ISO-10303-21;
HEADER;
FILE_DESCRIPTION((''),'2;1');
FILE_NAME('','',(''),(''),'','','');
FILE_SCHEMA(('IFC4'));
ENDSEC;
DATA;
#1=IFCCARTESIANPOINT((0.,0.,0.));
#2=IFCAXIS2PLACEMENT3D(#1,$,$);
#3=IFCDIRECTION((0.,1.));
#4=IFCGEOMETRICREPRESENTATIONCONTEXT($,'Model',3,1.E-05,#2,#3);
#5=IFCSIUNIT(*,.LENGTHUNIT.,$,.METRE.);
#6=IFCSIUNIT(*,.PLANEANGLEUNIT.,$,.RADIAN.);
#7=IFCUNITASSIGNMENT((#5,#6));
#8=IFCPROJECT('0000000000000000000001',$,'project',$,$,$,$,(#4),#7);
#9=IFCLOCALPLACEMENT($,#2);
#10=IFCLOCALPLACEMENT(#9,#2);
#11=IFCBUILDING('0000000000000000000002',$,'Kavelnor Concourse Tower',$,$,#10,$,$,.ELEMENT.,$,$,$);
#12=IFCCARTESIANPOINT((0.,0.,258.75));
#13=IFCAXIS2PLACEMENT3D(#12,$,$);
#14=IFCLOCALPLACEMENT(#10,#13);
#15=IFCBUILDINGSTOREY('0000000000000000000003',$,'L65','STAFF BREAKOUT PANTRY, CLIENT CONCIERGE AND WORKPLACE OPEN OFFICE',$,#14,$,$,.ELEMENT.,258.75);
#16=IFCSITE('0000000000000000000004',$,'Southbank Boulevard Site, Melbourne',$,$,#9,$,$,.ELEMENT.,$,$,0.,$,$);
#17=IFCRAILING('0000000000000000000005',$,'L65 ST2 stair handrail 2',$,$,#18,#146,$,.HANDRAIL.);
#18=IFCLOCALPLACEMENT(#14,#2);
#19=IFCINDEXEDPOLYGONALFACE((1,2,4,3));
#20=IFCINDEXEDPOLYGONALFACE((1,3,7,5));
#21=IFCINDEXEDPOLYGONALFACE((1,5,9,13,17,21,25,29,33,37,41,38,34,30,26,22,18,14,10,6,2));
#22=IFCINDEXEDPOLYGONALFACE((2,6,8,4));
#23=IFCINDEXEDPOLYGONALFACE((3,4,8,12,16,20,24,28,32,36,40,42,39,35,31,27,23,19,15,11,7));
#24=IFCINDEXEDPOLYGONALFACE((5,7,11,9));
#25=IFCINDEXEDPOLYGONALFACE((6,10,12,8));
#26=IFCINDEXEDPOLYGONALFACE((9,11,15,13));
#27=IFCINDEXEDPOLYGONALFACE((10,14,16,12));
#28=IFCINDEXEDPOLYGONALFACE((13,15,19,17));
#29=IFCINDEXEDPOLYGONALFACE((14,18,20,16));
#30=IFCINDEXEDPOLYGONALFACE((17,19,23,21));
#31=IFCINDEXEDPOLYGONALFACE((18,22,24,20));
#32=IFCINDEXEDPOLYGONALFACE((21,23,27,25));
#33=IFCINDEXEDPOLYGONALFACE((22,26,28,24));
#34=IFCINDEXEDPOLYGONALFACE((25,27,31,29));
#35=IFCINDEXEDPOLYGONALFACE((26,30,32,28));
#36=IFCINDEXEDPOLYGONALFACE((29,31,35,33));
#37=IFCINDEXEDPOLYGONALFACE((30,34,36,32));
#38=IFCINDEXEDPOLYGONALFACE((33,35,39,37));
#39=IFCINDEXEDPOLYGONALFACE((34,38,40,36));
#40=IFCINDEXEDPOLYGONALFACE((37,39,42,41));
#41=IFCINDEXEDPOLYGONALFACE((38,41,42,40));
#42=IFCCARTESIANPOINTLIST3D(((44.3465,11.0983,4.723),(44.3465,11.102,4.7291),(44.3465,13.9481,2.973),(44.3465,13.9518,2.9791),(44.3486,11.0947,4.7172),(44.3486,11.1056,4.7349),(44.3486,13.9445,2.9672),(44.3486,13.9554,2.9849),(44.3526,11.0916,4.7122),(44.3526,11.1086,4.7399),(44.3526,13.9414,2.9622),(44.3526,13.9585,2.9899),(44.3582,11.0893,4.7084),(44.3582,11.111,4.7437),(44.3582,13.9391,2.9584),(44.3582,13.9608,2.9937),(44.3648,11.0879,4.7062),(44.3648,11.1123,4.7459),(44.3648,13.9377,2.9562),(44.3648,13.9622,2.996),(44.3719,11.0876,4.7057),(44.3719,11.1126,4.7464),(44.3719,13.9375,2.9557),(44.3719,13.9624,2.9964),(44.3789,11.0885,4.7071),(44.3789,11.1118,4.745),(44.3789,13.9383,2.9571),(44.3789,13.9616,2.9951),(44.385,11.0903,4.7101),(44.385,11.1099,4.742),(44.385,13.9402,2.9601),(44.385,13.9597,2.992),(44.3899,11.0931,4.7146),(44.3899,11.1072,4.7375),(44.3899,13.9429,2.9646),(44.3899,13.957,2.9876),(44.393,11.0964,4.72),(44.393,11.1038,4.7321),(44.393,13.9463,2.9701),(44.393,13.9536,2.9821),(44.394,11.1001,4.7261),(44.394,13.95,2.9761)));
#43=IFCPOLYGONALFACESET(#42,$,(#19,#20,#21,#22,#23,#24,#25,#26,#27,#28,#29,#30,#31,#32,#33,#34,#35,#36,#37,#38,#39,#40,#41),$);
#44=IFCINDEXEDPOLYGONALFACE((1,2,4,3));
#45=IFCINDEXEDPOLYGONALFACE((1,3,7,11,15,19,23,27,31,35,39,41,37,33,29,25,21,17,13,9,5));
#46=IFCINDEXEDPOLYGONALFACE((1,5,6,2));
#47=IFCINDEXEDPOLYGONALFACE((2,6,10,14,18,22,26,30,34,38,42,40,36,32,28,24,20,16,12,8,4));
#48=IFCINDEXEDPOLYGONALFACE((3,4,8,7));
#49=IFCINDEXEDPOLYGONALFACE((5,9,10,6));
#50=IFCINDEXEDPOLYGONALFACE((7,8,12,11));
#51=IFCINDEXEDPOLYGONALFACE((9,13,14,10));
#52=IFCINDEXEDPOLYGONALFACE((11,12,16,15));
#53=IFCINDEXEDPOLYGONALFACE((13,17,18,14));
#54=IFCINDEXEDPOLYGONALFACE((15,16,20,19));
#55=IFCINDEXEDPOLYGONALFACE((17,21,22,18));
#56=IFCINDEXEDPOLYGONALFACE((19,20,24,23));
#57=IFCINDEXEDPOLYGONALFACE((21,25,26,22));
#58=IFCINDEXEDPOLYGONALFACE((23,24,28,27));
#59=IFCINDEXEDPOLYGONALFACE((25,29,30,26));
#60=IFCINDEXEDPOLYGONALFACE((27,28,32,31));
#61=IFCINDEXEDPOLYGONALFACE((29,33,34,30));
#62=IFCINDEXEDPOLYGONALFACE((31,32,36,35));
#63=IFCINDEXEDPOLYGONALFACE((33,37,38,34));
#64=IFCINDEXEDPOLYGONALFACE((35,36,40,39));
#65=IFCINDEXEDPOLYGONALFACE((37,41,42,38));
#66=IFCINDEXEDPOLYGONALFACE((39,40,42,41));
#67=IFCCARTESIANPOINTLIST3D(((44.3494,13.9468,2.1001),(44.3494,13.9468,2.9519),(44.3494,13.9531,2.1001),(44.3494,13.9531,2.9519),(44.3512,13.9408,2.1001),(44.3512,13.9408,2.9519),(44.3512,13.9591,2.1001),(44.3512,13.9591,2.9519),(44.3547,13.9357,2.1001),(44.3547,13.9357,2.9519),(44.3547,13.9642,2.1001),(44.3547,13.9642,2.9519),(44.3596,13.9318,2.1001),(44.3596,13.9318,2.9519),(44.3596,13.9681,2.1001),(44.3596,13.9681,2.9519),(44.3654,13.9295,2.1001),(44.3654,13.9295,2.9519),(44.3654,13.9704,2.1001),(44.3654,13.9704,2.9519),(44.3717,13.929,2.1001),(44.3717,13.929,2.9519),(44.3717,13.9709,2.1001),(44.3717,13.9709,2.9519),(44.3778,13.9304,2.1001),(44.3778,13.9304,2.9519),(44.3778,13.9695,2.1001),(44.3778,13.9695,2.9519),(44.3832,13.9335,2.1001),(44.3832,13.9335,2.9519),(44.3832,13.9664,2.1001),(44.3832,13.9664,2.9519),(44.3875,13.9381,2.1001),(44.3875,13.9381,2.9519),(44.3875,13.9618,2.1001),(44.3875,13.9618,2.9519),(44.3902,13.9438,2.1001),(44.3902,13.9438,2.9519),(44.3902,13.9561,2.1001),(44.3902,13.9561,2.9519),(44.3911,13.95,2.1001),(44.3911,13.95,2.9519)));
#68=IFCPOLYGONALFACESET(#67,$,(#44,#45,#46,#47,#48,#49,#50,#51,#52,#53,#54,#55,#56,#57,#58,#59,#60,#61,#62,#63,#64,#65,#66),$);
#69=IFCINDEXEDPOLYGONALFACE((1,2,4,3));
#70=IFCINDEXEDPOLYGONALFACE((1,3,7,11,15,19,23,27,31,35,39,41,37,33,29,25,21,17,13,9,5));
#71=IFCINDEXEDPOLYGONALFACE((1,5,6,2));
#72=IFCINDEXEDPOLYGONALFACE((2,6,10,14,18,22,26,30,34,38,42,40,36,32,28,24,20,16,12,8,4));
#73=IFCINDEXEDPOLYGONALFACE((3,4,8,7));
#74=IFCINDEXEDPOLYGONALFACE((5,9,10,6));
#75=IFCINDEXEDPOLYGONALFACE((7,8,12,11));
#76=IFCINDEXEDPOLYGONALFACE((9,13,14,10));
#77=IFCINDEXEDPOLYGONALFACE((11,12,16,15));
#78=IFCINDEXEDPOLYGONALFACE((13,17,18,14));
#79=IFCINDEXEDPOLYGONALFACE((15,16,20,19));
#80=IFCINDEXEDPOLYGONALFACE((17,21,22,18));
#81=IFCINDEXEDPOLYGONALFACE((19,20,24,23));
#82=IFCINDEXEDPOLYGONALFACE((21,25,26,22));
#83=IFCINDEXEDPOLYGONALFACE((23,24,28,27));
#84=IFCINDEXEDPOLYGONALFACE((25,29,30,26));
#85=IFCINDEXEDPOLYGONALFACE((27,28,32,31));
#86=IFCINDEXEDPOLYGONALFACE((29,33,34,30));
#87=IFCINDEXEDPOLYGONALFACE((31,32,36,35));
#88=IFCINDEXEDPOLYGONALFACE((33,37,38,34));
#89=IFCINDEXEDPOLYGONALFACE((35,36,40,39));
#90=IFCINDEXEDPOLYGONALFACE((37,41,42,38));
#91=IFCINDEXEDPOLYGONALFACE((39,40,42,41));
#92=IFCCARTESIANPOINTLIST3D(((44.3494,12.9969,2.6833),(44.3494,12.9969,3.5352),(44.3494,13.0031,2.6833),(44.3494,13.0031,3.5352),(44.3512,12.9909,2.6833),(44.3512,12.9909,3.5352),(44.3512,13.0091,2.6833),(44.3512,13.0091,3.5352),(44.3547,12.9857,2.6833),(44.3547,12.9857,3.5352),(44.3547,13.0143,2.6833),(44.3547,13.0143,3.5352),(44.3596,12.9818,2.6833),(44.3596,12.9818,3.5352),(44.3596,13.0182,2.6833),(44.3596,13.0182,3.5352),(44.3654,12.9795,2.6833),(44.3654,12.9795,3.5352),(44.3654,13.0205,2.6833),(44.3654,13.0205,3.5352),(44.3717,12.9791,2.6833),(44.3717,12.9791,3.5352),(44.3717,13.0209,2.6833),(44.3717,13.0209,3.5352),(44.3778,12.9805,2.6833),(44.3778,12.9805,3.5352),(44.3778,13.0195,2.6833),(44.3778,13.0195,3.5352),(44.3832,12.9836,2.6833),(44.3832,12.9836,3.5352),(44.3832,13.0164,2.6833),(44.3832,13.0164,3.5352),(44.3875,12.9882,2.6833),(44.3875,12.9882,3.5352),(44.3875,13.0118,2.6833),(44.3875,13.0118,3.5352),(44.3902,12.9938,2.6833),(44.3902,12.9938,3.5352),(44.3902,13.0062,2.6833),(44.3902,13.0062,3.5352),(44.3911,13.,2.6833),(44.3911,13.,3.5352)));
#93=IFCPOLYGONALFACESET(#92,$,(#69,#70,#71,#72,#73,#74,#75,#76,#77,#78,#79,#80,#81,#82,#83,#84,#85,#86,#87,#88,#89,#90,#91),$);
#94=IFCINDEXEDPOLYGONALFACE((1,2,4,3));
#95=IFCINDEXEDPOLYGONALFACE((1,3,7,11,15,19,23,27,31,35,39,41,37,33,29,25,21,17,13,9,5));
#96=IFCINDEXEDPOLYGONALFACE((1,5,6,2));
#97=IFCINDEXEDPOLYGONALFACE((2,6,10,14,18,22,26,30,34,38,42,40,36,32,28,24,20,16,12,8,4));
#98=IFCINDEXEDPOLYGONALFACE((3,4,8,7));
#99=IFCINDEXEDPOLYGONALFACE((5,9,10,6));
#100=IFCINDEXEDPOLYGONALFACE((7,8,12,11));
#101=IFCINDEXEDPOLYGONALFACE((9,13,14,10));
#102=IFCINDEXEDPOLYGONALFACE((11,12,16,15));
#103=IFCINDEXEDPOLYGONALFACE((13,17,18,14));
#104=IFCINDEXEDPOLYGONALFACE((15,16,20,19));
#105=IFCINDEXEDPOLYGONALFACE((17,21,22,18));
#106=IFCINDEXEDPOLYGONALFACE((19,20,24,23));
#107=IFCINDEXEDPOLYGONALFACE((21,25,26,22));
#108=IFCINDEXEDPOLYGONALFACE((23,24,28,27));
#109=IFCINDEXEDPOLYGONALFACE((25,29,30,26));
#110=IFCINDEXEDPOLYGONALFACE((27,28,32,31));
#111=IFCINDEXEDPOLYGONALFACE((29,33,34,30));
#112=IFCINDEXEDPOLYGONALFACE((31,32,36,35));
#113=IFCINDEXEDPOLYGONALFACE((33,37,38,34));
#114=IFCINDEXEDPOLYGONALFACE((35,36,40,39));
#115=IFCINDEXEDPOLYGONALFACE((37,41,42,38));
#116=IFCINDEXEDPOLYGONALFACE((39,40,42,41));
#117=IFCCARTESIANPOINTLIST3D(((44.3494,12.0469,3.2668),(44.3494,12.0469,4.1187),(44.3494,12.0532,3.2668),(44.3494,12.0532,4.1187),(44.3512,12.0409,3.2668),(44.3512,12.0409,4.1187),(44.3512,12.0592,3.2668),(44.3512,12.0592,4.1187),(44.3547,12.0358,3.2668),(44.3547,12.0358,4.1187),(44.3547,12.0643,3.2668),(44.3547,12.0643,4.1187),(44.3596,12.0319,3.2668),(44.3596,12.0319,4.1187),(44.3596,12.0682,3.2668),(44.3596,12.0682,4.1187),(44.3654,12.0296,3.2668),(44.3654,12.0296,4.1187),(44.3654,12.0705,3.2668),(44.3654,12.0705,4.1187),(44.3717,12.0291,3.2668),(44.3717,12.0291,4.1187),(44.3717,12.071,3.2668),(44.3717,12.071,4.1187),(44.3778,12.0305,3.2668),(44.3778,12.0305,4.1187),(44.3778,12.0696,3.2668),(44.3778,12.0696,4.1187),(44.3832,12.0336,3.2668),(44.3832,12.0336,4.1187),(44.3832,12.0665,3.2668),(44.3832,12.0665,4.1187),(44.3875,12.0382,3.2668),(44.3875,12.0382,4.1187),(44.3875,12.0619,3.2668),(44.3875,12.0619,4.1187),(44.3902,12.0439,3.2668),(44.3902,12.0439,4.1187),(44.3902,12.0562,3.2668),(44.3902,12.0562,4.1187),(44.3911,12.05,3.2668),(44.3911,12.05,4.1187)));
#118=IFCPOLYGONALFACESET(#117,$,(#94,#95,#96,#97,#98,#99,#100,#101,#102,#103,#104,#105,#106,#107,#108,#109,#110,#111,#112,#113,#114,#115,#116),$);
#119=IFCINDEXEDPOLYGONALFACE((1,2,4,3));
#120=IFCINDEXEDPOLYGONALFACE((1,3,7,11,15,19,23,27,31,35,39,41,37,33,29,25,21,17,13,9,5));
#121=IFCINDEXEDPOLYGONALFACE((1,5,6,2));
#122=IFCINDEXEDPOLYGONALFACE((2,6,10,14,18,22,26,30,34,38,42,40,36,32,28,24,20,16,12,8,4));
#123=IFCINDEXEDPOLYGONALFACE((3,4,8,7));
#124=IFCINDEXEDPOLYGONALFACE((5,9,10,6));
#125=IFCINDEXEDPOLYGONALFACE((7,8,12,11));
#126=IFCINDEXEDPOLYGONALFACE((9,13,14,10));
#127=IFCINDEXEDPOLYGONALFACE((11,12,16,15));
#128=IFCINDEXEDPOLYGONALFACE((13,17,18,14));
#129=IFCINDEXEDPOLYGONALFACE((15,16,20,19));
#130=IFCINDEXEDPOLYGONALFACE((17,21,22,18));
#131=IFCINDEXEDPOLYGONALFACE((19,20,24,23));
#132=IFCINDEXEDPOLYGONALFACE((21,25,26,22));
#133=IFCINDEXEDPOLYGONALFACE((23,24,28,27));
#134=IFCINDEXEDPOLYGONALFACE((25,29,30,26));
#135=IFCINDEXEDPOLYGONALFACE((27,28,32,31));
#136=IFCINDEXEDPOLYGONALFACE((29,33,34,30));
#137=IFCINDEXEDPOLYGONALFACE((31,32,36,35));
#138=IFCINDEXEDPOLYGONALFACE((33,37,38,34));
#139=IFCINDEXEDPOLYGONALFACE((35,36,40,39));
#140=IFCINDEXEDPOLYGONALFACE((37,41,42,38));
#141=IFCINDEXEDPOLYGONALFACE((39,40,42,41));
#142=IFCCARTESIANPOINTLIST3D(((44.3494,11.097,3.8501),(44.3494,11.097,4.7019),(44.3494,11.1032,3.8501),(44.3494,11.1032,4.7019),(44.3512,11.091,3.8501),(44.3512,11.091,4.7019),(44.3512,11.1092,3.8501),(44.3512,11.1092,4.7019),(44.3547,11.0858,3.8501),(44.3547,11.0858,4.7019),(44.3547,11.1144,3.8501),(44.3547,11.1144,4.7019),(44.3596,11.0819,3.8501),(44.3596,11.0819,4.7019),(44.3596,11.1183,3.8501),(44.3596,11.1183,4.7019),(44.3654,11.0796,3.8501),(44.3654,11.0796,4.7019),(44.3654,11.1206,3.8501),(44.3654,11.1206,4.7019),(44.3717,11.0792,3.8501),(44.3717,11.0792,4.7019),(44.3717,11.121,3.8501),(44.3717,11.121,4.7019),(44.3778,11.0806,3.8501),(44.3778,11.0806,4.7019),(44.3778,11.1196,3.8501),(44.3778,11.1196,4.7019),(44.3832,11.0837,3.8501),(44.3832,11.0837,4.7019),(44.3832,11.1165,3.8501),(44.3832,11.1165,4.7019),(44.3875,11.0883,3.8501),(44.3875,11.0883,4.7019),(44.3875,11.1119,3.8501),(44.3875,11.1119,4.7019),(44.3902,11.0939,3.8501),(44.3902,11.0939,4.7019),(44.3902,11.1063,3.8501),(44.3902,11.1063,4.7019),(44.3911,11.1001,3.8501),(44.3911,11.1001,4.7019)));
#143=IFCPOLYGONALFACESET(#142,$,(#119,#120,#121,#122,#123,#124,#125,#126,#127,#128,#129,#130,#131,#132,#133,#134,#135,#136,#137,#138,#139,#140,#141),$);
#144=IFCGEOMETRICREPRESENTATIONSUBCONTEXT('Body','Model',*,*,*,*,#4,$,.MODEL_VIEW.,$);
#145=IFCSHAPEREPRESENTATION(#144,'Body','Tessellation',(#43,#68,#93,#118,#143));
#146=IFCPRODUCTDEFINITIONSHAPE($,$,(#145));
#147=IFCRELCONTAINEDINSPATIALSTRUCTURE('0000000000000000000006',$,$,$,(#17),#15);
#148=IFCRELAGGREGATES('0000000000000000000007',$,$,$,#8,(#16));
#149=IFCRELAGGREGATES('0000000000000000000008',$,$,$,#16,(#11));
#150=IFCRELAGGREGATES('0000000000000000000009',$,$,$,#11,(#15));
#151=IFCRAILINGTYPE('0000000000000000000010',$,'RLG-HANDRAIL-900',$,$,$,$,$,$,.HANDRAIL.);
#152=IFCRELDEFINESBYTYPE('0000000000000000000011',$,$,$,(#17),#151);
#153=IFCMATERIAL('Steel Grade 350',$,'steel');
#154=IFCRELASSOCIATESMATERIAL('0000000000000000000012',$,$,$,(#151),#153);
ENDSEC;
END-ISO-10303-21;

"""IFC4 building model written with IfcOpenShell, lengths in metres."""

from ifc_helpers import new_model, si_unit, direction, frame, origin, origin_2d, place, context, subcontext, project, spatial, circle, extrude, material, type_object, element, save


model = new_model("IFC4")

# Units and contexts
model_context = context("Model", 3, precision=1e-05, world=origin(), true_north=direction((0.0, 1.0)))
body_context = subcontext(model_context, "Body", "Model", "MODEL_VIEW")
ifc_project = project(units=[si_unit("LENGTHUNIT", "METRE"), si_unit("PLANEANGLEUNIT", "RADIAN")], contexts=[model_context])

# Site, building, storey
site_placement = place(None, origin())
site = spatial("IfcSite", under=ifc_project, at=site_placement, Name="Southbank Boulevard Site, Melbourne", CompositionType="ELEMENT", RefElevation=0.0)
building_placement = place(site_placement, origin())
building = spatial("IfcBuilding", under=site, at=building_placement, Name="Kavelnor Concourse Tower", CompositionType="ELEMENT")
storey_placement = place(building_placement, frame((0.0, 0.0, 258.75)))
storey = spatial("IfcBuildingStorey", under=building, at=storey_placement, Name="L65", Description="STAFF BREAKOUT PANTRY, CLIENT CONCIERGE AND WORKPLACE OPEN OFFICE", CompositionType="ELEMENT", Elevation=258.75)

# Shared definitions
ifc_material_1 = material(Name="Steel Grade 350", Category="steel")

# Railing
railing_type_1 = type_object("IfcRailingType", Name="RLG-HANDRAIL-900", PredefinedType="HANDRAIL", material=ifc_material_1)
railing_1_placement = place(storey_placement, frame((44.3701, 13.95, 2.1001)))
element("IfcRailing", 1, at=railing_1_placement, inside=storey, type_object=railing_type_1, Name="L65 ST2 stair handrail 2", PredefinedType="HANDRAIL", context=body_context, shape_type="SweptSolid", body=[
    extrude(circle(Radius=0.0239, at=origin_2d()), frame((0.0, 0.0, 0.876), z_axis=(0.0, -0.852159, 0.523283), x_axis=(1.0, 0.0, 0.0)), (0.0, 0.0, 1.0), 3.3442),
    extrude(circle(Radius=0.021, at=origin_2d()), origin(), (0.0, 0.0, 1.0), 0.8518),
    extrude(circle(Radius=0.021, at=origin_2d()), frame((0.0, -0.95, 0.5833)), (0.0, 0.0, 1.0), 0.8518),
    extrude(circle(Radius=0.021, at=origin_2d()), frame((0.0, -1.8999, 1.1667)), (0.0, 0.0, 1.0), 0.8518),
    extrude(circle(Radius=0.021, at=origin_2d()), frame((0.0, -2.8499, 1.75)), (0.0, 0.0, 1.0), 0.8518),
])

save(model, "model.ifc")
